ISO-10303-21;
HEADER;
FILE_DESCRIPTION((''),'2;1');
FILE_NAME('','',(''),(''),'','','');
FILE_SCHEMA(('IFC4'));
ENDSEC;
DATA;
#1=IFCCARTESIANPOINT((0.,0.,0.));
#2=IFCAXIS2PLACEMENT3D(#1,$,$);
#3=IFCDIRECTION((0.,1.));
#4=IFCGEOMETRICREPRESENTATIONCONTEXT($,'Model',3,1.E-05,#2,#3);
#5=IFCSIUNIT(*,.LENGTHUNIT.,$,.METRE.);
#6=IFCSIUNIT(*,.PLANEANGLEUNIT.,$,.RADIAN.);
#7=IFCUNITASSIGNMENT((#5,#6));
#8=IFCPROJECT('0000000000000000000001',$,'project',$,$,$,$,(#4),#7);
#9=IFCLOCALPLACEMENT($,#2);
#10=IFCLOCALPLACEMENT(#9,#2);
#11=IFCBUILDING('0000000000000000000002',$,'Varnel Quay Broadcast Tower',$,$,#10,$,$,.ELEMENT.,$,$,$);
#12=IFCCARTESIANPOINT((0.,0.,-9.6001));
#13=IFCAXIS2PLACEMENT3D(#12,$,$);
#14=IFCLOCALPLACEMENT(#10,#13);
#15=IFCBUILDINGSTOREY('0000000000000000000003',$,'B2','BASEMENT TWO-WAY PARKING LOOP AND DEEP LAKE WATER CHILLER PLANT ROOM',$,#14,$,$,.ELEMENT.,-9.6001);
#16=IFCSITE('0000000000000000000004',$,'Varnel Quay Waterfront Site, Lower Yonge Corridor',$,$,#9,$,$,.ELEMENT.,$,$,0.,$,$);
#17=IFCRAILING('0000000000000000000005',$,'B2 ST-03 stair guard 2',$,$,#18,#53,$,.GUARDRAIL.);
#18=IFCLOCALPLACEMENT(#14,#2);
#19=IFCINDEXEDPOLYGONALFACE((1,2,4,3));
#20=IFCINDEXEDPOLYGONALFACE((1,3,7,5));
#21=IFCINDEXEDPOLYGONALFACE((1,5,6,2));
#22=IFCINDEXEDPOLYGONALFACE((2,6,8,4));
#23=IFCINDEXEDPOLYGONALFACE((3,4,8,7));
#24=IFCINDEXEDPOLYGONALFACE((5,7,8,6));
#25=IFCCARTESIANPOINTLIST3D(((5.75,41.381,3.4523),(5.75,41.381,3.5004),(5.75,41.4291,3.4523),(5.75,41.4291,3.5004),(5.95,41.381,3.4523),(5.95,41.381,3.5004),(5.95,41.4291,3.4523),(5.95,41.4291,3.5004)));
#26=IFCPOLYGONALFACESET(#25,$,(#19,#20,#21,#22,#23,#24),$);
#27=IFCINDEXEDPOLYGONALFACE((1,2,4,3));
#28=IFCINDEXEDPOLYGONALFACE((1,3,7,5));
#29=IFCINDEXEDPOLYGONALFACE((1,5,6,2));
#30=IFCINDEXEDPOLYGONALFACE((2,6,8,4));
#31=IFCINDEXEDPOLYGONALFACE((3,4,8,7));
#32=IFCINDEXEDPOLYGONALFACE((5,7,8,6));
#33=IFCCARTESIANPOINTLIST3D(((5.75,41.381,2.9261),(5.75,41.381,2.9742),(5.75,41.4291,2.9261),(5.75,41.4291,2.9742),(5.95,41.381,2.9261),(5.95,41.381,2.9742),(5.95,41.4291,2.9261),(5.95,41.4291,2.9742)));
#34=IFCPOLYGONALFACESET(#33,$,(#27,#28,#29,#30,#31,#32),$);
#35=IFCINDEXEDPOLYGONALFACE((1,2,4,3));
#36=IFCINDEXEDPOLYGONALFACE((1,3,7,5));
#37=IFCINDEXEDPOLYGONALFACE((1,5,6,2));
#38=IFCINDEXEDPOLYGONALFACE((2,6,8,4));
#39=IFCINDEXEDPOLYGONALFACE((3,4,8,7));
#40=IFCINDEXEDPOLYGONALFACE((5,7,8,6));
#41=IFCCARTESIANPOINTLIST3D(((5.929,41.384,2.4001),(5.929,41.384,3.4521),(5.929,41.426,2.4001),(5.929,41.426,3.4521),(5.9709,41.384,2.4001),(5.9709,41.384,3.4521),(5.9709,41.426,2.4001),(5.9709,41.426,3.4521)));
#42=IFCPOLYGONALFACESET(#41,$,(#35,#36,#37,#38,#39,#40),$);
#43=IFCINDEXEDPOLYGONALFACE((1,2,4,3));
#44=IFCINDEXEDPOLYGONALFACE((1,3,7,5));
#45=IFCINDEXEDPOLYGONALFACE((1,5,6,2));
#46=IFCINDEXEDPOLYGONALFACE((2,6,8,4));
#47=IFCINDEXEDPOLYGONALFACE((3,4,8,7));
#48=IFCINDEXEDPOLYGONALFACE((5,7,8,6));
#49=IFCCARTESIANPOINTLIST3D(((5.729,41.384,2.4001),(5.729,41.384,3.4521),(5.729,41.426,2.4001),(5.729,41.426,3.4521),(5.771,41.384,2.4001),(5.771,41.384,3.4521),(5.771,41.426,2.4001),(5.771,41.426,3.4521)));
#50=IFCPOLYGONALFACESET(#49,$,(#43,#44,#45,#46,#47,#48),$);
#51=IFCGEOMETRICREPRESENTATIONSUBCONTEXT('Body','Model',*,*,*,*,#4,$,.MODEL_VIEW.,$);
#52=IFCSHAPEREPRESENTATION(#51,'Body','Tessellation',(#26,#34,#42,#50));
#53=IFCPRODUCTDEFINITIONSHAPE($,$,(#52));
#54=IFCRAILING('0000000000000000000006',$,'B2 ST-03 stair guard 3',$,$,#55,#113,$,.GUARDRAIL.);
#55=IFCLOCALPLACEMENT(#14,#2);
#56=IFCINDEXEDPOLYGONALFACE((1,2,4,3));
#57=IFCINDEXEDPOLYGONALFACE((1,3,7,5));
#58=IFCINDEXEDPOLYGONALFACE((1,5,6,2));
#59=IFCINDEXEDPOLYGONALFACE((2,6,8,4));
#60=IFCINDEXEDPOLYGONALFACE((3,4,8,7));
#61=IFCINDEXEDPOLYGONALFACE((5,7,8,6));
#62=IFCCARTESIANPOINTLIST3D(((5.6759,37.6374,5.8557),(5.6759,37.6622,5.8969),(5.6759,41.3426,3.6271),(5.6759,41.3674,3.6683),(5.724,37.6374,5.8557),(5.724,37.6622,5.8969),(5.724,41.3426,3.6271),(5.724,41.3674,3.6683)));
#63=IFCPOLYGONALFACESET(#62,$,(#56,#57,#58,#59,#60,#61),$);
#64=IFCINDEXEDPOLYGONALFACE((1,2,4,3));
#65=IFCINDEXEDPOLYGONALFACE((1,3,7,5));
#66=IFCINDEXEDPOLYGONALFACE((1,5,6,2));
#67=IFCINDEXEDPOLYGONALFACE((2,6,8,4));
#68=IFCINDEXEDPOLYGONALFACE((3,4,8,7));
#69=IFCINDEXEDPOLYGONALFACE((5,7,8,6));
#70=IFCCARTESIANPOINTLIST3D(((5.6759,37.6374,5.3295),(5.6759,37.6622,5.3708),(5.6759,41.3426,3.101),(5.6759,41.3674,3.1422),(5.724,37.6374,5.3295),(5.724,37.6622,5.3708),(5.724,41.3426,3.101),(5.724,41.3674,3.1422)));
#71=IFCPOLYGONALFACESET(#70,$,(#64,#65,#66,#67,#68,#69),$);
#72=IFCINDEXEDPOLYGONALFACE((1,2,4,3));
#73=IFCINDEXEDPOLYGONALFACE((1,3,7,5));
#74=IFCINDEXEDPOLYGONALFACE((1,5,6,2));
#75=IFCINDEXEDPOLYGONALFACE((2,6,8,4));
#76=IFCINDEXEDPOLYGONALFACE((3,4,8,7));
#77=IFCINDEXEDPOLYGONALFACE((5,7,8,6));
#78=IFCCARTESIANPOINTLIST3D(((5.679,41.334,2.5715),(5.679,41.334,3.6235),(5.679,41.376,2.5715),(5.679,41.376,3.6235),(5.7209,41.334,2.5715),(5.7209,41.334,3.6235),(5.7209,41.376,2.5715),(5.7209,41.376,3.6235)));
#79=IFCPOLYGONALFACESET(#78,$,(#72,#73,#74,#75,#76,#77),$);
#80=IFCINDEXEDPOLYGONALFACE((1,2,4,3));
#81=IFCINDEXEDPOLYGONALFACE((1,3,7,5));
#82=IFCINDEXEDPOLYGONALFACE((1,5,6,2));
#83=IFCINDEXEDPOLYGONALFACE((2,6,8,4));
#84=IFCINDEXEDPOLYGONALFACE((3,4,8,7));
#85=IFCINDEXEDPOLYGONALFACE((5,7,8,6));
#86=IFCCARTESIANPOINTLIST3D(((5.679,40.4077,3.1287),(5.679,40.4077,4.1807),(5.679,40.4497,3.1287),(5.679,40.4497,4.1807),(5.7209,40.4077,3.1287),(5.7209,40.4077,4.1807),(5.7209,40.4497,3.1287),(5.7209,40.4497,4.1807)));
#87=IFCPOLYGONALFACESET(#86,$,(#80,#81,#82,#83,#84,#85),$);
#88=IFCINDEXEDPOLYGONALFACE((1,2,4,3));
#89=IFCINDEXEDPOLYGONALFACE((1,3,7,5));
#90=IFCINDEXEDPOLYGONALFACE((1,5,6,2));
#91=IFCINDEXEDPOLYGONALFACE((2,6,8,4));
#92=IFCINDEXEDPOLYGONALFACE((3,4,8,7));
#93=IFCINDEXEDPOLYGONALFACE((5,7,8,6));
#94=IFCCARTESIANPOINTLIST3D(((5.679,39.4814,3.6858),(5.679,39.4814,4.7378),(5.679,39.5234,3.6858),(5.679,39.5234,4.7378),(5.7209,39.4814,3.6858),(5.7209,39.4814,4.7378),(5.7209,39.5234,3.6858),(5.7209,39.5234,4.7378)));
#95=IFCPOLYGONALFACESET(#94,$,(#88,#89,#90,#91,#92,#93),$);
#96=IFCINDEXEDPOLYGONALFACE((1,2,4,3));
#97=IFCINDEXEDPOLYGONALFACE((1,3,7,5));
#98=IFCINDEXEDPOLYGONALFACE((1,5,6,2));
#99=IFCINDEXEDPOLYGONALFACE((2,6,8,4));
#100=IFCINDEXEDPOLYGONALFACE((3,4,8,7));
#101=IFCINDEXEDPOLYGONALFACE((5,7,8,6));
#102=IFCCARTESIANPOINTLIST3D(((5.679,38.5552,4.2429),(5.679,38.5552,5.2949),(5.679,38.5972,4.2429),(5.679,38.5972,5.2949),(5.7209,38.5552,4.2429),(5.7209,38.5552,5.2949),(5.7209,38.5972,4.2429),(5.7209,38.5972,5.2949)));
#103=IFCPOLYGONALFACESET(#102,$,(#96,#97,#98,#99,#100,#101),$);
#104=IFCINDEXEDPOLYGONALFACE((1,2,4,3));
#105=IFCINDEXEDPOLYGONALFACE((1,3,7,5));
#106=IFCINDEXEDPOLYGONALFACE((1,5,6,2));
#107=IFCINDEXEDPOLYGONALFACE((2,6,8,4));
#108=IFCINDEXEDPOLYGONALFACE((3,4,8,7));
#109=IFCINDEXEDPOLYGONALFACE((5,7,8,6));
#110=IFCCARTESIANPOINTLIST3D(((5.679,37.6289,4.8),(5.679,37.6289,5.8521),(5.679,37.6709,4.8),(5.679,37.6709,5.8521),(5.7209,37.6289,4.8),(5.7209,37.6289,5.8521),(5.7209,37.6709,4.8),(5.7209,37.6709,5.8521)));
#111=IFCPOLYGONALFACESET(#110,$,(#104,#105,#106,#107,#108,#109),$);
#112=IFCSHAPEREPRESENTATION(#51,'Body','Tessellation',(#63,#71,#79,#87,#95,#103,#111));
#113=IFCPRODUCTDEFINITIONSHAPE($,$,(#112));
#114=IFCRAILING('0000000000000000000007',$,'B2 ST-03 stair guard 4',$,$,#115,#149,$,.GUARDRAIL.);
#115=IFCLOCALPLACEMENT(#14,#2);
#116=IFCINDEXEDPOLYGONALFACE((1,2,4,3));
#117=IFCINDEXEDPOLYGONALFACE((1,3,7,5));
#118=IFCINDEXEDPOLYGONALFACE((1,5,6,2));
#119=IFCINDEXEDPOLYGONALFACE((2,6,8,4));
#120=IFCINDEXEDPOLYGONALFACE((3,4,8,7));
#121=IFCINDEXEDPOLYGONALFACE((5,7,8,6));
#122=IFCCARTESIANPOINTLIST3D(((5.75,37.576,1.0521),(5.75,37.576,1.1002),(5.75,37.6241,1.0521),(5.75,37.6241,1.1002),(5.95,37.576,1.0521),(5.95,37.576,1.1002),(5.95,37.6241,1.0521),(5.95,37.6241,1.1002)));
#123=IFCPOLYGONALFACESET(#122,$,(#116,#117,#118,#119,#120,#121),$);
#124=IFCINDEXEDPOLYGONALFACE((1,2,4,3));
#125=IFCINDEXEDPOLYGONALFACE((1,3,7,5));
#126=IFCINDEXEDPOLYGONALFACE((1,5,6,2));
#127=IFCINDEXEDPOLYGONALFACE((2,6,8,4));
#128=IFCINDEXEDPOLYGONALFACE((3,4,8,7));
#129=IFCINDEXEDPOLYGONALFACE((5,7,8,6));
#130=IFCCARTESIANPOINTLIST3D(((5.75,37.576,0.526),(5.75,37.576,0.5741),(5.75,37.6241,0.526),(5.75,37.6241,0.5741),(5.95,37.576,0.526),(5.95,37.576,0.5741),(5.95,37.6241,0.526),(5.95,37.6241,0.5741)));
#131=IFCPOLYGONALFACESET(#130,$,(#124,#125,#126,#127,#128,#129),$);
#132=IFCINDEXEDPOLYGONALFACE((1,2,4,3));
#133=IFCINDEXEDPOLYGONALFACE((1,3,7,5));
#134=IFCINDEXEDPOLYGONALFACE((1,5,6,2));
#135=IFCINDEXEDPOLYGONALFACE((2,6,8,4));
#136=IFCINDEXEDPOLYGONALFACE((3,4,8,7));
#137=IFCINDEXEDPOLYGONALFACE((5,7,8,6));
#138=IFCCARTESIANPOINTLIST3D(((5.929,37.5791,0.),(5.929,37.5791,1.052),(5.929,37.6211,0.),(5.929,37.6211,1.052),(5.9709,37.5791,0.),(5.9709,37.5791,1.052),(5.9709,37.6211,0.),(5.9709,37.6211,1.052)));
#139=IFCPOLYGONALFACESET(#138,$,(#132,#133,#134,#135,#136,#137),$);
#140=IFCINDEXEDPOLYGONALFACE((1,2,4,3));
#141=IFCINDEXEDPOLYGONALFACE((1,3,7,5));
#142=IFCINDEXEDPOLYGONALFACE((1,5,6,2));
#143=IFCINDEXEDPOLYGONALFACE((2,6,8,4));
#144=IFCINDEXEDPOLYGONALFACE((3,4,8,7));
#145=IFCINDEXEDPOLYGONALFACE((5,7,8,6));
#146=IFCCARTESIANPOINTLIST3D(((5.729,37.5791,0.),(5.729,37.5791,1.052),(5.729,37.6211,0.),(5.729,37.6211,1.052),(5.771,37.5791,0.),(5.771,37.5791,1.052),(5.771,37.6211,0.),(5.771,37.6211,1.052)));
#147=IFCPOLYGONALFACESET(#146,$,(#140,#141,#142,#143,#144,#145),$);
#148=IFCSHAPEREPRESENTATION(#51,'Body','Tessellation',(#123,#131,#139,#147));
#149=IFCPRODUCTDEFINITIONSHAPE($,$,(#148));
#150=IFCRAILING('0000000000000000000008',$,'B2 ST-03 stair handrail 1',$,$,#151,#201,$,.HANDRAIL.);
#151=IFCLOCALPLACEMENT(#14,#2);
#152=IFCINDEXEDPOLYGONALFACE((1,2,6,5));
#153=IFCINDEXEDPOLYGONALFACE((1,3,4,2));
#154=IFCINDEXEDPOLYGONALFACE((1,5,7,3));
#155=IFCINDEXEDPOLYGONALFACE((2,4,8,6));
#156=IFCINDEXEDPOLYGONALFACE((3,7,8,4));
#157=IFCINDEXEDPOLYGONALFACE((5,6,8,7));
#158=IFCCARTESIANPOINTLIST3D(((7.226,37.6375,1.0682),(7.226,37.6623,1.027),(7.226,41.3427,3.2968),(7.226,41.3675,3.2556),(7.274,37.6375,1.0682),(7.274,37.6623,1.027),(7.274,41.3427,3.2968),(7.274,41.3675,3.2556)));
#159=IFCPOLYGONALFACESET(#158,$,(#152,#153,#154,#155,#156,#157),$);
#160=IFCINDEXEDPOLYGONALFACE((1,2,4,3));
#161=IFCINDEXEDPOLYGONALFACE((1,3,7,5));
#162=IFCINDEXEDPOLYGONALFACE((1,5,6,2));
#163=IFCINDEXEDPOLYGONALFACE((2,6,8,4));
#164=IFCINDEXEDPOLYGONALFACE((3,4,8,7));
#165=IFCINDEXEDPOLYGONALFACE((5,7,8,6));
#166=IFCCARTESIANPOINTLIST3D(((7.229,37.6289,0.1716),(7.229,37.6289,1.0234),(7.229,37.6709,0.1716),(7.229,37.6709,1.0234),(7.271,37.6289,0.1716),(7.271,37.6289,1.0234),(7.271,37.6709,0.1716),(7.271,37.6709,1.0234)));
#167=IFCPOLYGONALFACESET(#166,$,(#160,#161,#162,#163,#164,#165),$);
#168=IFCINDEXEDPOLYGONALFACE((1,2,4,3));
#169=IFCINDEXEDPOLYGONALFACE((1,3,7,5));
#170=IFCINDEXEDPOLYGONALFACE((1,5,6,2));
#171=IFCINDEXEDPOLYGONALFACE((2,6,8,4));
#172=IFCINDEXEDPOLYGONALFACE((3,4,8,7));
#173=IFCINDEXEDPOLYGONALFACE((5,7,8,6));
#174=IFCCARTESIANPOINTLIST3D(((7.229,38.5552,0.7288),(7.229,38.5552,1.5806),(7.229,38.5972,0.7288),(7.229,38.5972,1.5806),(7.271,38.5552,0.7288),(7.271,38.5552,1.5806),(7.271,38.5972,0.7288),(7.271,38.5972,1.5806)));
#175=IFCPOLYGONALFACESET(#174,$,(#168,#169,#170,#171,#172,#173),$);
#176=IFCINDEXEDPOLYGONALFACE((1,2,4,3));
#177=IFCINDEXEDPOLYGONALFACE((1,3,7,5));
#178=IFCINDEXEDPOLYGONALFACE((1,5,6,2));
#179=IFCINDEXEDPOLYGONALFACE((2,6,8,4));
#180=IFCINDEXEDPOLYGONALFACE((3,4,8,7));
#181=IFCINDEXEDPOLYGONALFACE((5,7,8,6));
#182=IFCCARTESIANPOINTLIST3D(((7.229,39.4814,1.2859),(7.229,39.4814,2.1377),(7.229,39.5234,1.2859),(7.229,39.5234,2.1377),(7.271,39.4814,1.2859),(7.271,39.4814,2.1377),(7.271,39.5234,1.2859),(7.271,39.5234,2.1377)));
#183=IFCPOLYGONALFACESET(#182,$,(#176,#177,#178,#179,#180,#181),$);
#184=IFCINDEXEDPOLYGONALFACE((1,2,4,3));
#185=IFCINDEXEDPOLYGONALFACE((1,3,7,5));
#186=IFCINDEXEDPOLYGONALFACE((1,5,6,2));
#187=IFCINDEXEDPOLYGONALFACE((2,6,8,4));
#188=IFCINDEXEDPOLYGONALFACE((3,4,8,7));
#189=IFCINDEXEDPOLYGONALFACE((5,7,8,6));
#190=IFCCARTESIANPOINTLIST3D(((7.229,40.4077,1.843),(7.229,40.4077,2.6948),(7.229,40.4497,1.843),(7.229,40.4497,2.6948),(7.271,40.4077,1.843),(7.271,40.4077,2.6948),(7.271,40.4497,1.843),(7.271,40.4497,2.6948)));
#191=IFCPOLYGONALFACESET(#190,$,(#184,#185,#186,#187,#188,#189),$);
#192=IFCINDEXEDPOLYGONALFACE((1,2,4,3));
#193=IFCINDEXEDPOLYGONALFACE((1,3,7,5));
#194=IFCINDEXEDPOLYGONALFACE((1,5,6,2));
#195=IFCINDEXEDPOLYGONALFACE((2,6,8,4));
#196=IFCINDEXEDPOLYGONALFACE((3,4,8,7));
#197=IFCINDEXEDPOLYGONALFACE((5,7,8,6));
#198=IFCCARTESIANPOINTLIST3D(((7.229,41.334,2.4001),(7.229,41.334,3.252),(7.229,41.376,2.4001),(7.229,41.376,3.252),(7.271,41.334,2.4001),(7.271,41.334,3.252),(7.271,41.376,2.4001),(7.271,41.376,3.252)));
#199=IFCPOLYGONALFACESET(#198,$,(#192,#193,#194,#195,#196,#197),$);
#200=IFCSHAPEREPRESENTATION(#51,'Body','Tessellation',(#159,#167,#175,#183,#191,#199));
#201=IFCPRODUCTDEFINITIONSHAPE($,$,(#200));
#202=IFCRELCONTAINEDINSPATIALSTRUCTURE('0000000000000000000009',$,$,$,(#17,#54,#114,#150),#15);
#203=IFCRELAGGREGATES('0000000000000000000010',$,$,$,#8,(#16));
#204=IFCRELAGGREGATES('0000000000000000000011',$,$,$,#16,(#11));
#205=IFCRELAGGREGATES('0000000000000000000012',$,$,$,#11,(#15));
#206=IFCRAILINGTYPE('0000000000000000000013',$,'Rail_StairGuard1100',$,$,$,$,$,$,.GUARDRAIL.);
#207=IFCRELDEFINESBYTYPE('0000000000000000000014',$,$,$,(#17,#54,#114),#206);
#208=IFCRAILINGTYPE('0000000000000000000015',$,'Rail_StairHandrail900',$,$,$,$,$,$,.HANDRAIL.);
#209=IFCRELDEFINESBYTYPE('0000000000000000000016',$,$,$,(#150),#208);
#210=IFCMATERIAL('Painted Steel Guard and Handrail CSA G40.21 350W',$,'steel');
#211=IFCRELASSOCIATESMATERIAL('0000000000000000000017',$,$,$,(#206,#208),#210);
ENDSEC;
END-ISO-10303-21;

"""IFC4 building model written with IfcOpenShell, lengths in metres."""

from ifc_helpers import new_model, si_unit, direction, frame, origin, origin_2d, place, context, subcontext, project, spatial, rectangle, extrude, material, type_object, element, save


model = new_model("IFC4")

# Units and contexts
model_context = context("Model", 3, precision=1e-05, world=origin(), true_north=direction((0.0, 1.0)))
body_context = subcontext(model_context, "Body", "Model", "MODEL_VIEW")
ifc_project = project(units=[si_unit("LENGTHUNIT", "METRE"), si_unit("PLANEANGLEUNIT", "RADIAN")], contexts=[model_context])

# Site, building, storey
site_placement = place(None, origin())
site = spatial("IfcSite", under=ifc_project, at=site_placement, Name="Varnel Quay Waterfront Site, Lower Yonge Corridor", CompositionType="ELEMENT", RefElevation=0.0)
building_placement = place(site_placement, origin())
building = spatial("IfcBuilding", under=site, at=building_placement, Name="Varnel Quay Broadcast Tower", CompositionType="ELEMENT")
storey_placement = place(building_placement, frame((0.0, 0.0, -9.6001)))
storey = spatial("IfcBuildingStorey", under=building, at=storey_placement, Name="B2", Description="BASEMENT TWO-WAY PARKING LOOP AND DEEP LAKE WATER CHILLER PLANT ROOM", CompositionType="ELEMENT", Elevation=-9.6001)

# Railings
ifc_material_1 = material(Name="Painted Steel Guard and Handrail CSA G40.21 350W", Category="steel")
railing_type_1 = type_object("IfcRailingType", Name="Rail_StairGuard1100", PredefinedType="GUARDRAIL", material=ifc_material_1)
railing_1_placement = place(storey_placement, frame((5.95, 41.405, 2.4001)))
element("IfcRailing", 1, at=railing_1_placement, inside=storey, type_object=railing_type_1, Name="B2 ST-03 stair guard 2", PredefinedType="GUARDRAIL", context=body_context, shape_type="SweptSolid", body=[
    extrude(rectangle(XDim=0.0481, YDim=0.0481, at=origin_2d()), frame((0.0, 0.0, 1.0762), z_axis=(-1.0, 0.0, 0.0), x_axis=(0.0, -1.0, 0.0)), (0.0, 0.0, 1.0), 0.2),
    extrude(rectangle(XDim=0.0481, YDim=0.0481, at=origin_2d()), frame((0.0, 0.0, 0.55), z_axis=(-1.0, 0.0, 0.0), x_axis=(0.0, -1.0, 0.0)), (0.0, 0.0, 1.0), 0.2),
    extrude(rectangle(XDim=0.042, YDim=0.042, at=origin_2d()), origin(), (0.0, 0.0, 1.0), 1.052),
    extrude(rectangle(XDim=0.042, YDim=0.042, at=origin_2d()), frame((-0.2, 0.0, 0.0)), (0.0, 0.0, 1.0), 1.052),
])
railing_2_placement = place(storey_placement, frame((5.7, 41.355, 2.5715)))
element("IfcRailing", 2, at=railing_2_placement, inside=storey, type_object=railing_type_1, Name="B2 ST-03 stair guard 3", PredefinedType="GUARDRAIL", context=body_context, shape_type="SweptSolid", body=[
    extrude(rectangle(XDim=0.0481, YDim=0.0481, at=origin_2d()), frame((0.0, 0.0, 1.0762), z_axis=(0.0, -0.856934, 0.515425), x_axis=(1.0, 0.0, 0.0)), (0.0, 0.0, 1.0), 4.3237),
    extrude(rectangle(XDim=0.0481, YDim=0.0481, at=origin_2d()), frame((0.0, 0.0, 0.55), z_axis=(0.0, -0.856934, 0.515425), x_axis=(1.0, 0.0, 0.0)), (0.0, 0.0, 1.0), 4.3237),
    extrude(rectangle(XDim=0.042, YDim=0.042, at=origin_2d()), origin(), (0.0, 0.0, 1.0), 1.052),
    extrude(rectangle(XDim=0.042, YDim=0.042, at=origin_2d()), frame((0.0, -0.9263, 0.5571)), (0.0, 0.0, 1.0), 1.052),
    extrude(rectangle(XDim=0.042, YDim=0.042, at=origin_2d()), frame((0.0, -1.8525, 1.1143)), (0.0, 0.0, 1.0), 1.052),
    extrude(rectangle(XDim=0.042, YDim=0.042, at=origin_2d()), frame((0.0, -2.7788, 1.6714)), (0.0, 0.0, 1.0), 1.052),
    extrude(rectangle(XDim=0.042, YDim=0.042, at=origin_2d()), frame((0.0, -3.7051, 2.2285)), (0.0, 0.0, 1.0), 1.052),
])
railing_3_placement = place(storey_placement, frame((5.95, 37.6001, 0.0)))
element("IfcRailing", 3, at=railing_3_placement, inside=storey, type_object=railing_type_1, Name="B2 ST-03 stair guard 4", PredefinedType="GUARDRAIL", context=body_context, shape_type="SweptSolid", body=[
    extrude(rectangle(XDim=0.0481, YDim=0.0481, at=origin_2d()), frame((0.0, 0.0, 1.0762), z_axis=(-1.0, 0.0, 0.0), x_axis=(0.0, -1.0, 0.0)), (0.0, 0.0, 1.0), 0.2),
    extrude(rectangle(XDim=0.0481, YDim=0.0481, at=origin_2d()), frame((0.0, 0.0, 0.55), z_axis=(-1.0, 0.0, 0.0), x_axis=(0.0, -1.0, 0.0)), (0.0, 0.0, 1.0), 0.2),
    extrude(rectangle(XDim=0.042, YDim=0.042, at=origin_2d()), origin(), (0.0, 0.0, 1.0), 1.052),
    extrude(rectangle(XDim=0.042, YDim=0.042, at=origin_2d()), frame((-0.2, 0.0, 0.0)), (0.0, 0.0, 1.0), 1.052),
])
railing_type_2 = type_object("IfcRailingType", Name="Rail_StairHandrail900", PredefinedType="HANDRAIL", material=ifc_material_1)
railing_4_placement = place(storey_placement, frame((7.25, 37.6499, 0.1716)))
element("IfcRailing", 4, at=railing_4_placement, inside=storey, type_object=railing_type_2, Name="B2 ST-03 stair handrail 1", PredefinedType="HANDRAIL", context=body_context, shape_type="SweptSolid", body=[
    extrude(rectangle(XDim=0.0481, YDim=0.0481, at=origin_2d()), frame((0.0, 0.0, 0.876), z_axis=(0.0, 0.856934, 0.515425), x_axis=(-1.0, 0.0, 0.0)), (0.0, 0.0, 1.0), 4.3237),
    extrude(rectangle(XDim=0.042, YDim=0.042, at=origin_2d()), origin(), (0.0, 0.0, 1.0), 0.8518),
    extrude(rectangle(XDim=0.042, YDim=0.042, at=origin_2d()), frame((0.0, 0.9263, 0.5571)), (0.0, 0.0, 1.0), 0.8518),
    extrude(rectangle(XDim=0.042, YDim=0.042, at=origin_2d()), frame((0.0, 1.8525, 1.1143)), (0.0, 0.0, 1.0), 0.8518),
    extrude(rectangle(XDim=0.042, YDim=0.042, at=origin_2d()), frame((0.0, 2.7788, 1.6714)), (0.0, 0.0, 1.0), 0.8518),
    extrude(rectangle(XDim=0.042, YDim=0.042, at=origin_2d()), frame((0.0, 3.7051, 2.2285)), (0.0, 0.0, 1.0), 0.8518),
])

save(model, "model.ifc")
